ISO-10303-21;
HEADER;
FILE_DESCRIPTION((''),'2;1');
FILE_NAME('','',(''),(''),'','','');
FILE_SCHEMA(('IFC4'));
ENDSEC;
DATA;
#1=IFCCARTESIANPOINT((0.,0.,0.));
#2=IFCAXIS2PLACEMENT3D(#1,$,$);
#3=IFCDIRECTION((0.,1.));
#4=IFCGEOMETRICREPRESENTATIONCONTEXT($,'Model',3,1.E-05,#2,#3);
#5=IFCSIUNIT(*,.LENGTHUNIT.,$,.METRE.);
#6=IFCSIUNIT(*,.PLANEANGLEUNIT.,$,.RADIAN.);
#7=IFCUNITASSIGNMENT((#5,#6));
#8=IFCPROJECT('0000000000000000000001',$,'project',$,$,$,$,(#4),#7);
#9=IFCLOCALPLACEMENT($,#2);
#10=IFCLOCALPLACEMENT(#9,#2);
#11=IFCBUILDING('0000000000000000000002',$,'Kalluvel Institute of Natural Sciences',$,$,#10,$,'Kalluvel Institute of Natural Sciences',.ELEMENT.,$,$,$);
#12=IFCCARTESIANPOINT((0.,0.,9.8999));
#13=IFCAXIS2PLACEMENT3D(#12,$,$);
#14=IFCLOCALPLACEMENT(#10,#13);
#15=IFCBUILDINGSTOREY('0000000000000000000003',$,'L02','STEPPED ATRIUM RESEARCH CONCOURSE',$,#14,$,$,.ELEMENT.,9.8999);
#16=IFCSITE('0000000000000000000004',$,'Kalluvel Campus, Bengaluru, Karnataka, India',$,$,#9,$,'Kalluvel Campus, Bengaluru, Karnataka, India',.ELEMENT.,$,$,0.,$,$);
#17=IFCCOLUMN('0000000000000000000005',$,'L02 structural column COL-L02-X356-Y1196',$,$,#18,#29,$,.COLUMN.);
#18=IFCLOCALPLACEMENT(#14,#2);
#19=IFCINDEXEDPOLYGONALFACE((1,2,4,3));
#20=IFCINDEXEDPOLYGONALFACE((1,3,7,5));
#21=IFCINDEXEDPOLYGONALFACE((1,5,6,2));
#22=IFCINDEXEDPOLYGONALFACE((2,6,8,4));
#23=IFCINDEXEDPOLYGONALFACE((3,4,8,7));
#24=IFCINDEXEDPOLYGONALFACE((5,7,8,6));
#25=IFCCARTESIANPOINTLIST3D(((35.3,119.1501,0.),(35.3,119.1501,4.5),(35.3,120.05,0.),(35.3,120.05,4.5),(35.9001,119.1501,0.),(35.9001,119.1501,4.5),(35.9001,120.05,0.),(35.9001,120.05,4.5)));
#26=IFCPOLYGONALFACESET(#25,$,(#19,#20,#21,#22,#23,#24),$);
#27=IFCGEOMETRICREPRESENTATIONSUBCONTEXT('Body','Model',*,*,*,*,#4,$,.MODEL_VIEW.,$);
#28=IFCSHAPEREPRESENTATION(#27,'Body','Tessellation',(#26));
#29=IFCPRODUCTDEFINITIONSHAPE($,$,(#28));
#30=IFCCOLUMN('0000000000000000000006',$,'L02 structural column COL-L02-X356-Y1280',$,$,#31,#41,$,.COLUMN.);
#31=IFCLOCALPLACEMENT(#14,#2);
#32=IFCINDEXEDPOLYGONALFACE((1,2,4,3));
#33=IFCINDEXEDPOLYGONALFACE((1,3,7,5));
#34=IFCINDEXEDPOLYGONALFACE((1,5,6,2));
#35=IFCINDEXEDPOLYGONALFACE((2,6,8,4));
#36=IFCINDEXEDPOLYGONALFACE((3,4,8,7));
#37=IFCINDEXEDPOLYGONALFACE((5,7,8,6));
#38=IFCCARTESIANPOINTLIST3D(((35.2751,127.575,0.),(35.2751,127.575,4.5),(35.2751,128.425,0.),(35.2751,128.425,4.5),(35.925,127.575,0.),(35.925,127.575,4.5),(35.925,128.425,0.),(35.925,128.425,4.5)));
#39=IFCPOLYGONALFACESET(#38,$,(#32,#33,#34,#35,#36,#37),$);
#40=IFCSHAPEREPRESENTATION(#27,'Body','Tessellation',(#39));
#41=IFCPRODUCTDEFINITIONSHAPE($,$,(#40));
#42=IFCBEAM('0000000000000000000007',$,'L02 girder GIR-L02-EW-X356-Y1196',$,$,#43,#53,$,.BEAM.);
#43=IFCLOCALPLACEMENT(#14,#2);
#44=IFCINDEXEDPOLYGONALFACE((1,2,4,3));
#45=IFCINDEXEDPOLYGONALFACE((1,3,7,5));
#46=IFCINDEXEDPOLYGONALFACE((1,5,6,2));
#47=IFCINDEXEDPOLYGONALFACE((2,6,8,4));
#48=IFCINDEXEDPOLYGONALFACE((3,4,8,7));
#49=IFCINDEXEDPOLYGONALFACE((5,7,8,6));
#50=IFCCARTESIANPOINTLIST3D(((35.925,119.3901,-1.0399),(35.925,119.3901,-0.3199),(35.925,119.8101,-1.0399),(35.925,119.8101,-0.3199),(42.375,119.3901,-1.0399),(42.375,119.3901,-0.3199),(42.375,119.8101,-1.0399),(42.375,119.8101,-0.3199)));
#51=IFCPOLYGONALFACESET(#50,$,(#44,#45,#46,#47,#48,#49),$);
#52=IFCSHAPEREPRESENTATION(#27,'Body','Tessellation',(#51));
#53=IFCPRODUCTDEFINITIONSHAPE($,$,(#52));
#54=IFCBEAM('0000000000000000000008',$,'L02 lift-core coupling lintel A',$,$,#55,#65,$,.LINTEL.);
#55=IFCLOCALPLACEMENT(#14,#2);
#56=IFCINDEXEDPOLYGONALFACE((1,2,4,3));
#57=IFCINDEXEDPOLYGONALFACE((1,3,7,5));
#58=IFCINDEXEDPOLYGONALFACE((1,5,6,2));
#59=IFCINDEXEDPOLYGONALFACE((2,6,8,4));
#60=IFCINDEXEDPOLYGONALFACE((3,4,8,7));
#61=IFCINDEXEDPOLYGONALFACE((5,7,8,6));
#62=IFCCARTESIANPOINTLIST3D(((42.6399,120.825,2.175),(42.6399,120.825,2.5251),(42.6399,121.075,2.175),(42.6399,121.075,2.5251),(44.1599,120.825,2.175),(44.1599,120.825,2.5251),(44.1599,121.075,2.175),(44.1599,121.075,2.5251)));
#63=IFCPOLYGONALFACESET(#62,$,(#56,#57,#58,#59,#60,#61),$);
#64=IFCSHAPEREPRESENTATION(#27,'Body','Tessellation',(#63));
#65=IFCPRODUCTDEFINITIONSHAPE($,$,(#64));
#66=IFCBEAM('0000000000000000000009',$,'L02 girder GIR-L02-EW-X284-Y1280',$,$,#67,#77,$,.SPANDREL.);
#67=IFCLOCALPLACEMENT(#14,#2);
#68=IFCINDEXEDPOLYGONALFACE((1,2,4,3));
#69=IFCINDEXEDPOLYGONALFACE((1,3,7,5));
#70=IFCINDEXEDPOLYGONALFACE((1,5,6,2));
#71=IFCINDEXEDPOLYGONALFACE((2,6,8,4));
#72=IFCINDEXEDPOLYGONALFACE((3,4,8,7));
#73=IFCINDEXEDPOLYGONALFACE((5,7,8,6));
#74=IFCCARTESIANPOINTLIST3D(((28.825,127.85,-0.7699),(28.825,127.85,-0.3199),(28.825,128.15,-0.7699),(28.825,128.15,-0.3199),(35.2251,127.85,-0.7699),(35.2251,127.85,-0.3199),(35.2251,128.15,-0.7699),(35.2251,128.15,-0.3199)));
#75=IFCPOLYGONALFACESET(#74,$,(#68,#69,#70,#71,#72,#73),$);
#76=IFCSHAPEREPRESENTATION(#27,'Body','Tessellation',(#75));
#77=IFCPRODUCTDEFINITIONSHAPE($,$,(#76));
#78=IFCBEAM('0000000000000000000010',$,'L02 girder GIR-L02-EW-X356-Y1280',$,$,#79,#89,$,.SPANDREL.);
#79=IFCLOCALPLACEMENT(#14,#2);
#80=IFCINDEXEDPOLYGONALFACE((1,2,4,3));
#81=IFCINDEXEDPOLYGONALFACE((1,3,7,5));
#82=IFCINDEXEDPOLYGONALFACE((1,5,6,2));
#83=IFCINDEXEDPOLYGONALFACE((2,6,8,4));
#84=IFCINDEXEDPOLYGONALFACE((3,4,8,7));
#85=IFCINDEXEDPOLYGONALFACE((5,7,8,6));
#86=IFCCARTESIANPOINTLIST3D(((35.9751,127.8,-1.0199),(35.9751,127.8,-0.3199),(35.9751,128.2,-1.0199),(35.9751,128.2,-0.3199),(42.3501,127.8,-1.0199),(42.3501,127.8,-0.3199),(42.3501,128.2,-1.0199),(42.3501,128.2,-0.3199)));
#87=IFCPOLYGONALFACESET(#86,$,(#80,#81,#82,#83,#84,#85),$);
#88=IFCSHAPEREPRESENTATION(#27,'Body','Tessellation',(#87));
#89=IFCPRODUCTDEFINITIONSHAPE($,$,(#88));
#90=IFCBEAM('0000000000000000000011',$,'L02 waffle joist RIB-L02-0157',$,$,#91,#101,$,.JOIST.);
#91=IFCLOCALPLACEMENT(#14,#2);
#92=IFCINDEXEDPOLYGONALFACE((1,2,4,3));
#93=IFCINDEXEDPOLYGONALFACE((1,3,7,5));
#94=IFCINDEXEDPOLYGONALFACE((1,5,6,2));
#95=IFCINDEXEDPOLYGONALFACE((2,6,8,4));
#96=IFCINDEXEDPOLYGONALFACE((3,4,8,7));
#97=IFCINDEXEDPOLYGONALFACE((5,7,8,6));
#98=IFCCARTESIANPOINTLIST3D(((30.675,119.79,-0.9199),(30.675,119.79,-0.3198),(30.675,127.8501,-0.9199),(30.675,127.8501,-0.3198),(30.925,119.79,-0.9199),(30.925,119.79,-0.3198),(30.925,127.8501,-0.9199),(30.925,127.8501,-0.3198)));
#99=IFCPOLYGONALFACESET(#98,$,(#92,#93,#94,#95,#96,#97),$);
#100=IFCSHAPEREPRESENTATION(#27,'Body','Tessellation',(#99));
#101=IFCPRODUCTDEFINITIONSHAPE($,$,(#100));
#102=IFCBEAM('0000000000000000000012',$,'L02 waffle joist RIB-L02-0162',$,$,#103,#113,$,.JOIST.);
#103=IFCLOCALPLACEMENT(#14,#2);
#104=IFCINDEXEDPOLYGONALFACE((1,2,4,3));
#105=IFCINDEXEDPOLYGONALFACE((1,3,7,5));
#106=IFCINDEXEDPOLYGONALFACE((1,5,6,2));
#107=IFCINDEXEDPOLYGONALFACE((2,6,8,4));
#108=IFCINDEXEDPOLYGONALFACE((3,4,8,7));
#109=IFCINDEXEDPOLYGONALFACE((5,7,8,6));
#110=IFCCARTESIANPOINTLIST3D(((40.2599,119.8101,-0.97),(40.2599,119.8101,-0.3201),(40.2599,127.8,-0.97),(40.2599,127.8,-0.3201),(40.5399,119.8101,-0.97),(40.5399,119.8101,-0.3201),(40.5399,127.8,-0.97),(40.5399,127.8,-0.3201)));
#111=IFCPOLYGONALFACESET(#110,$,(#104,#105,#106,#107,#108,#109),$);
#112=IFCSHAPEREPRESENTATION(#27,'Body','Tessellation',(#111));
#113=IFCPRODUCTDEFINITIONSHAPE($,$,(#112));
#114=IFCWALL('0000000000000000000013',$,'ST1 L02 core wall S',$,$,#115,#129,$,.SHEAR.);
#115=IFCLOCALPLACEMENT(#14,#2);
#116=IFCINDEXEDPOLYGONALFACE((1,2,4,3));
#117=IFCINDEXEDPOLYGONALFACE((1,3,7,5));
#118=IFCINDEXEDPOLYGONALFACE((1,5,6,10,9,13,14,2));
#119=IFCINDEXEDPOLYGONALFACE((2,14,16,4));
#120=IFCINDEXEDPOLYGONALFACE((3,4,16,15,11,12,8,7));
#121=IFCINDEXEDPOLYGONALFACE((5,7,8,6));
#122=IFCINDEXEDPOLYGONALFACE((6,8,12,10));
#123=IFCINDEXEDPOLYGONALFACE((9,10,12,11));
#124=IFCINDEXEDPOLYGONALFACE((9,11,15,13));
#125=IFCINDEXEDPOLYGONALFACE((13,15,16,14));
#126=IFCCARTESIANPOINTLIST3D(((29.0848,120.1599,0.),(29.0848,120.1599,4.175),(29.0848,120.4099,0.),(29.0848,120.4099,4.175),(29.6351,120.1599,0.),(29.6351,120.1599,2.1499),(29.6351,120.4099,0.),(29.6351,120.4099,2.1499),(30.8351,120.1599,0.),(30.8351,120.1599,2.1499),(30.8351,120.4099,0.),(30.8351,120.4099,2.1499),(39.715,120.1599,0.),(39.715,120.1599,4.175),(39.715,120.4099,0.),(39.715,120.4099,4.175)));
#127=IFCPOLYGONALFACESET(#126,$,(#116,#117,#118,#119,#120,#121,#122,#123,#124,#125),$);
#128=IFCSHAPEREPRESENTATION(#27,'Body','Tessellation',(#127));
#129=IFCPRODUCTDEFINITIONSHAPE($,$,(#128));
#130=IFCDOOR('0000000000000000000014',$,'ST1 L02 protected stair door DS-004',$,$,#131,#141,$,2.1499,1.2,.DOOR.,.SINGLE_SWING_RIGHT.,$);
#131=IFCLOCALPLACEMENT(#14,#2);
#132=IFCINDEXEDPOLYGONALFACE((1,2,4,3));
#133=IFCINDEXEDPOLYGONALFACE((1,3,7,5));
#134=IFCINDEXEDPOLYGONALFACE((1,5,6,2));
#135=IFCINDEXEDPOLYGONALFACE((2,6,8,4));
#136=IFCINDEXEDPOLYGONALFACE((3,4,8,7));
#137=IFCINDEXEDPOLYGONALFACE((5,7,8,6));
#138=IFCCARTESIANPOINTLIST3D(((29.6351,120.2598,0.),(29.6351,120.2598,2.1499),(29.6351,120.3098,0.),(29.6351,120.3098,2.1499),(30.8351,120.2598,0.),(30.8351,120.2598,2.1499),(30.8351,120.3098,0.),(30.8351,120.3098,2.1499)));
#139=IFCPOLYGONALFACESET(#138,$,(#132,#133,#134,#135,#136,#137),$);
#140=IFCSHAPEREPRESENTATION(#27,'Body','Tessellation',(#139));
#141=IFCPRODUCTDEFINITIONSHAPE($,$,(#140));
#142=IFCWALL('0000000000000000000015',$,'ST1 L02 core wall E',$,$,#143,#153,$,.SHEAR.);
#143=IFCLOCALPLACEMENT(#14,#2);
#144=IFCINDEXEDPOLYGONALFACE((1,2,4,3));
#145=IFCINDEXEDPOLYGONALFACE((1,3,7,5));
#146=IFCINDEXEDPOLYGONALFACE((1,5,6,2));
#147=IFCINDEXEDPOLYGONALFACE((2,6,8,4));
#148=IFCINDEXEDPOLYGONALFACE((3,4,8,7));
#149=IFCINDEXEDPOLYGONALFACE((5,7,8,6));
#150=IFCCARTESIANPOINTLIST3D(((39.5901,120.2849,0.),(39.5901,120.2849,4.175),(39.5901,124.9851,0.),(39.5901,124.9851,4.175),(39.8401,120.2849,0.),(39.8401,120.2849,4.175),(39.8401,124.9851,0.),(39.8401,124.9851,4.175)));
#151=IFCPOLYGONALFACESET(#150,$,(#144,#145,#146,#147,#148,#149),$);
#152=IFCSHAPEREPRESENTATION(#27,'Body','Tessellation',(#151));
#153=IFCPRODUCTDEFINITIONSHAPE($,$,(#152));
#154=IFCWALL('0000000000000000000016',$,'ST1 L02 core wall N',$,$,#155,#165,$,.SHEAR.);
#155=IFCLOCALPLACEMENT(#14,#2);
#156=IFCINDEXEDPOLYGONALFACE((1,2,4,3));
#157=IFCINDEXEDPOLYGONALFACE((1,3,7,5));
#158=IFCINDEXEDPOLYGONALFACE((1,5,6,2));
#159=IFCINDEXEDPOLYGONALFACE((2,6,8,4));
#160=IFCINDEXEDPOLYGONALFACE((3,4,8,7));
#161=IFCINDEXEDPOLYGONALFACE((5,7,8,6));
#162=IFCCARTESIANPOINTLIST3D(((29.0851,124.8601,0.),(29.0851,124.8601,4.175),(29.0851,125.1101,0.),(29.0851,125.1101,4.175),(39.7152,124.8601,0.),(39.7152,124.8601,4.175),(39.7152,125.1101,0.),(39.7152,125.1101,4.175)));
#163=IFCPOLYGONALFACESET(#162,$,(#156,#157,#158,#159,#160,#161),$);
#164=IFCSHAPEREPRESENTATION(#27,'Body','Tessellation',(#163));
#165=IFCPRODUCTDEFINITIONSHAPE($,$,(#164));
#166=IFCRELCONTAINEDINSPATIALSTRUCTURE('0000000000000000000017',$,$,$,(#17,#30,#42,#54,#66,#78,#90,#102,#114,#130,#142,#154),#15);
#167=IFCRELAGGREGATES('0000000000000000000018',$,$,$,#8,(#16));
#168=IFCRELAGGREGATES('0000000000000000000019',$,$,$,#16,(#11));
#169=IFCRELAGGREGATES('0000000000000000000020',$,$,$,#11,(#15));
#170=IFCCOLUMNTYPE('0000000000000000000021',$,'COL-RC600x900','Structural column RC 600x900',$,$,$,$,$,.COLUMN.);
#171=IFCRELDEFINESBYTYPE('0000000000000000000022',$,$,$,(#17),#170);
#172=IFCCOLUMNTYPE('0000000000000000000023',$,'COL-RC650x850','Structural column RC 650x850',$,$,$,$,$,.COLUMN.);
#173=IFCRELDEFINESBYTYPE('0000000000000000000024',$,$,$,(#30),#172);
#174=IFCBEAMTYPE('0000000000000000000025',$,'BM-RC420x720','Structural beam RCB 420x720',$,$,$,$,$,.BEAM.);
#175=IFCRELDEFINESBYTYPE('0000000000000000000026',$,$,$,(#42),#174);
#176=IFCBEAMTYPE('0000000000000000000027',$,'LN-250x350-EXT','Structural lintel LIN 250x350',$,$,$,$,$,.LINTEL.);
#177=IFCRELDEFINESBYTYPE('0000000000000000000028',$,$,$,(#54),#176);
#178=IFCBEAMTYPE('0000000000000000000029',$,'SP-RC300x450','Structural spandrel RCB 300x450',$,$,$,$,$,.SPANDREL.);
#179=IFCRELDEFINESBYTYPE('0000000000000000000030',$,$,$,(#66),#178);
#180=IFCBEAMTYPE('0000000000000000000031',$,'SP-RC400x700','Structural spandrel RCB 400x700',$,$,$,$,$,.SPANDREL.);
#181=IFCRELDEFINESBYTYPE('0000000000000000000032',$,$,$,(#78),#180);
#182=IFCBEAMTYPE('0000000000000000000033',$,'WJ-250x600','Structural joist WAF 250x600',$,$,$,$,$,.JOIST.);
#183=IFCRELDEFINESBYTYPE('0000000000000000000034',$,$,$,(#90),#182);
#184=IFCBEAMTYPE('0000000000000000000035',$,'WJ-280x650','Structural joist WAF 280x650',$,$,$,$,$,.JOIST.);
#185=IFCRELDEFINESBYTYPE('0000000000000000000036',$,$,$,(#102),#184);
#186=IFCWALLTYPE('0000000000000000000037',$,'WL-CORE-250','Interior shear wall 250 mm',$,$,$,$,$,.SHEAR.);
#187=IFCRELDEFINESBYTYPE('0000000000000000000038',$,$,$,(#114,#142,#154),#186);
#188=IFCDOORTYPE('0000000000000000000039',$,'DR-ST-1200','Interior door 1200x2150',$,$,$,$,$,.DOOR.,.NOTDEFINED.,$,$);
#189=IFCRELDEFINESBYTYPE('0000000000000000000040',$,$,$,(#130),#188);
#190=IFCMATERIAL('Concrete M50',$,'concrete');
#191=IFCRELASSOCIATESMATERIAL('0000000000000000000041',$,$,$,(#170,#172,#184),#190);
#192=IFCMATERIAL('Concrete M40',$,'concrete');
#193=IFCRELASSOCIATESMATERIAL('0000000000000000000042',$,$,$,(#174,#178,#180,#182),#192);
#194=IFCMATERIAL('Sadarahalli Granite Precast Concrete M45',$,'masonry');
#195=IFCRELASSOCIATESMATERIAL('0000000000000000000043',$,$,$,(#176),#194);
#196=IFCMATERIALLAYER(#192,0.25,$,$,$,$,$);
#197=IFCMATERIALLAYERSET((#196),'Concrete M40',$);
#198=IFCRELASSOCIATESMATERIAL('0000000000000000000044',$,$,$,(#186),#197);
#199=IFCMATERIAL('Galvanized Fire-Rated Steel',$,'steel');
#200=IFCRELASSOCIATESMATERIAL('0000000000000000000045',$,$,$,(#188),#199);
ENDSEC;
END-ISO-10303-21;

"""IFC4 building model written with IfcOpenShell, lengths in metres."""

from ifc_helpers import new_model, si_unit, direction, frame, frame_2d, origin, origin_2d, place, context, subcontext, project, spatial, rectangle, extrude, material, layer, layer_set, material_profile, profile_set, type_object, element, fill, save


model = new_model("IFC4")

# Units and contexts
model_context = context("Model", 3, precision=1e-05, world=origin(), true_north=direction((0.0, 1.0)))
body_context = subcontext(model_context, "Body", "Model", "MODEL_VIEW")
ifc_project = project(units=[si_unit("LENGTHUNIT", "METRE"), si_unit("PLANEANGLEUNIT", "RADIAN")], contexts=[model_context])

# Site, building, storey
site_placement = place(None, origin())
site = spatial("IfcSite", under=ifc_project, at=site_placement, Name="Kalluvel Campus, Bengaluru, Karnataka, India", LongName="Kalluvel Campus, Bengaluru, Karnataka, India", CompositionType="ELEMENT", RefElevation=0.0)
building_placement = place(site_placement, origin())
building = spatial("IfcBuilding", under=site, at=building_placement, Name="Kalluvel Institute of Natural Sciences", LongName="Kalluvel Institute of Natural Sciences", CompositionType="ELEMENT")
storey_placement = place(building_placement, frame((0.0, 0.0, 9.8999)))
storey = spatial("IfcBuildingStorey", under=building, at=storey_placement, Name="L02", Description="STEPPED ATRIUM RESEARCH CONCOURSE", CompositionType="ELEMENT", Elevation=9.8999)

# Columns
ifc_material_1 = material(Name="Concrete M50", Category="concrete")
ifc_material_profile_1 = material_profile(ifc_material_1, rectangle(XDim=0.6001, YDim=0.8999, at=origin_2d()), Name="RC 600x900")
ifc_profile_set_1 = profile_set([ifc_material_profile_1], Name="Concrete M50")
column_type_1 = type_object("IfcColumnType", Name="COL-RC600x900", Description="Structural column RC 600x900", PredefinedType="COLUMN", material=ifc_profile_set_1)
column_1_placement = place(storey_placement, frame((35.6001, 119.6001, 0.0), z_axis=(0.0, 0.0, 1.0), x_axis=(1.0, 0.0, 0.0)))
element("IfcColumn", 1, at=column_1_placement, inside=storey, type_object=column_type_1, Name="L02 structural column COL-L02-X356-Y1196", PredefinedType="COLUMN", context=body_context, shape_type="SweptSolid", body=[
    extrude(rectangle(XDim=0.6001, YDim=0.8999, at=origin_2d()), origin(), (0.0, 0.0, 1.0), 4.5),
])
ifc_material_profile_2 = material_profile(ifc_material_1, rectangle(XDim=0.6499, YDim=0.8501, at=origin_2d()), Name="RC 650x850")
ifc_profile_set_2 = profile_set([ifc_material_profile_2], Name="Concrete M50")
column_type_2 = type_object("IfcColumnType", Name="COL-RC650x850", Description="Structural column RC 650x850", PredefinedType="COLUMN", material=ifc_profile_set_2)
column_2_placement = place(storey_placement, frame((35.6001, 128.0, 0.0), z_axis=(0.0, 0.0, 1.0), x_axis=(1.0, 0.0, 0.0)))
element("IfcColumn", 2, at=column_2_placement, inside=storey, type_object=column_type_2, Name="L02 structural column COL-L02-X356-Y1280", PredefinedType="COLUMN", context=body_context, shape_type="SweptSolid", body=[
    extrude(rectangle(XDim=0.6499, YDim=0.8501, at=origin_2d()), origin(), (0.0, 0.0, 1.0), 4.5),
])

# Beams
ifc_material_2 = material(Name="Concrete M40", Category="concrete")
ifc_material_profile_3 = material_profile(ifc_material_2, rectangle(XDim=0.4199, YDim=0.72, at=origin_2d()), Name="RCB 420x720")
ifc_profile_set_3 = profile_set([ifc_material_profile_3], Name="Concrete M40")
beam_type_1 = type_object("IfcBeamType", Name="BM-RC420x720", Description="Structural beam RCB 420x720", PredefinedType="BEAM", material=ifc_profile_set_3)
beam_1_placement = place(storey_placement, frame((35.925, 119.6001, -0.6799), z_axis=(1.0, 0.0, 0.0), x_axis=(0.0, 1.0, 0.0)))
element("IfcBeam", 3, at=beam_1_placement, inside=storey, type_object=beam_type_1, Name="L02 girder GIR-L02-EW-X356-Y1196", PredefinedType="BEAM", context=body_context, shape_type="SweptSolid", body=[
    extrude(rectangle(XDim=0.4199, YDim=0.72, at=origin_2d()), origin(), (0.0, 0.0, 1.0), 6.45),
])
ifc_material_3 = material(Name="Sadarahalli Granite Precast Concrete M45", Category="masonry")
ifc_material_profile_4 = material_profile(ifc_material_3, rectangle(XDim=0.25, YDim=0.3501, at=origin_2d()), Name="LIN 250x350")
ifc_profile_set_4 = profile_set([ifc_material_profile_4], Name="Sadarahalli Granite Precast Concrete M45")
beam_type_2 = type_object("IfcBeamType", Name="LN-250x350-EXT", Description="Structural lintel LIN 250x350", PredefinedType="LINTEL", material=ifc_profile_set_4)
beam_2_placement = place(storey_placement, frame((42.6399, 120.95, 2.3501), z_axis=(1.0, 0.0, 0.0), x_axis=(0.0, 1.0, 0.0)))
element("IfcBeam", 4, at=beam_2_placement, inside=storey, type_object=beam_type_2, Name="L02 lift-core coupling lintel A", PredefinedType="LINTEL", context=body_context, shape_type="SweptSolid", body=[
    extrude(rectangle(XDim=0.25, YDim=0.3501, at=origin_2d()), origin(), (0.0, 0.0, 1.0), 1.52),
])
ifc_material_profile_5 = material_profile(ifc_material_2, rectangle(XDim=0.3, YDim=0.45, at=origin_2d()), Name="RCB 300x450")
ifc_profile_set_5 = profile_set([ifc_material_profile_5], Name="Concrete M40")
beam_type_3 = type_object("IfcBeamType", Name="SP-RC300x450", Description="Structural spandrel RCB 300x450", PredefinedType="SPANDREL", material=ifc_profile_set_5)
beam_3_placement = place(storey_placement, frame((28.825, 128.0, -0.5449), z_axis=(1.0, 0.0, 0.0), x_axis=(0.0, 1.0, 0.0)))
element("IfcBeam", 5, at=beam_3_placement, inside=storey, type_object=beam_type_3, Name="L02 girder GIR-L02-EW-X284-Y1280", PredefinedType="SPANDREL", context=body_context, shape_type="SweptSolid", body=[
    extrude(rectangle(XDim=0.3, YDim=0.45, at=origin_2d()), origin(), (0.0, 0.0, 1.0), 6.4001),
])
ifc_material_profile_6 = material_profile(ifc_material_2, rectangle(XDim=0.3999, YDim=0.7, at=origin_2d()), Name="RCB 400x700")
ifc_profile_set_6 = profile_set([ifc_material_profile_6], Name="Concrete M40")
beam_type_4 = type_object("IfcBeamType", Name="SP-RC400x700", Description="Structural spandrel RCB 400x700", PredefinedType="SPANDREL", material=ifc_profile_set_6)
beam_4_placement = place(storey_placement, frame((35.9751, 128.0, -0.6699), z_axis=(1.0, 0.0, 0.0), x_axis=(0.0, 1.0, 0.0)))
element("IfcBeam", 6, at=beam_4_placement, inside=storey, type_object=beam_type_4, Name="L02 girder GIR-L02-EW-X356-Y1280", PredefinedType="SPANDREL", context=body_context, shape_type="SweptSolid", body=[
    extrude(rectangle(XDim=0.3999, YDim=0.7, at=origin_2d()), origin(), (0.0, 0.0, 1.0), 6.375),
])
ifc_material_profile_7 = material_profile(ifc_material_2, rectangle(XDim=0.25, YDim=0.6001, at=origin_2d()), Name="WAF 250x600")
ifc_profile_set_7 = profile_set([ifc_material_profile_7], Name="Concrete M40")
beam_type_5 = type_object("IfcBeamType", Name="WJ-250x600", Description="Structural joist WAF 250x600", PredefinedType="JOIST", material=ifc_profile_set_7)
beam_5_placement = place(storey_placement, frame((30.8, 119.79, -0.6199), z_axis=(0.0, 1.0, 0.0), x_axis=(-1.0, 0.0, 0.0)))
element("IfcBeam", 7, at=beam_5_placement, inside=storey, type_object=beam_type_5, Name="L02 waffle joist RIB-L02-0157", PredefinedType="JOIST", context=body_context, shape_type="SweptSolid", body=[
    extrude(rectangle(XDim=0.25, YDim=0.6001, at=origin_2d()), origin(), (0.0, 0.0, 1.0), 8.0601),
])
ifc_material_profile_8 = material_profile(ifc_material_1, rectangle(XDim=0.28, YDim=0.6499, at=origin_2d()), Name="WAF 280x650")
ifc_profile_set_8 = profile_set([ifc_material_profile_8], Name="Concrete M50")
beam_type_6 = type_object("IfcBeamType", Name="WJ-280x650", Description="Structural joist WAF 280x650", PredefinedType="JOIST", material=ifc_profile_set_8)
beam_6_placement = place(storey_placement, frame((40.3999, 119.8101, -0.645), z_axis=(0.0, 1.0, 0.0), x_axis=(-1.0, 0.0, 0.0)))
element("IfcBeam", 8, at=beam_6_placement, inside=storey, type_object=beam_type_6, Name="L02 waffle joist RIB-L02-0162", PredefinedType="JOIST", context=body_context, shape_type="SweptSolid", body=[
    extrude(rectangle(XDim=0.28, YDim=0.6499, at=origin_2d()), origin(), (0.0, 0.0, 1.0), 7.99),
])

# Wall, opening, door
ifc_layer_1 = layer(ifc_material_2, 0.25)
ifc_layer_set_1 = layer_set([ifc_layer_1], Name="Concrete M40")
wall_type_1 = type_object("IfcWallType", Name="WL-CORE-250", Description="Interior shear wall 250 mm", PredefinedType="SHEAR", material=ifc_layer_set_1)
wall_1_placement = place(storey_placement, frame((29.085, 120.2849, 0.0), z_axis=(0.0, 0.0, 1.0), x_axis=(1.0, 0.0, 0.0)))
wall_1 = element("IfcWall", 9, at=wall_1_placement, inside=storey, type_object=wall_type_1, Name="ST1 L02 core wall S", PredefinedType="SHEAR", context=body_context, shape_type="SweptSolid", body=[
    extrude(rectangle(XDim=10.6301, YDim=0.25, at=frame_2d((5.3149, 0.0))), origin(), (0.0, 0.0, 1.0), 4.175),
])
opening_1_placement = place(wall_1_placement, frame((0.55, 0.0, 0.0)))
opening_1 = element("IfcOpeningElement", 10, at=opening_1_placement, cuts=wall_1, PredefinedType="OPENING", context=body_context, shape_type="SweptSolid", body=[
    extrude(rectangle(XDim=1.2, YDim=2.1499, at=frame_2d((0.6001, 1.075))), frame((0.0, 0.135, 0.0), z_axis=(0.0, -1.0, 0.0), x_axis=(1.0, 0.0, 0.0)), (0.0, 0.0, 1.0), 0.27),
])
ifc_material_4 = material(Name="Galvanized Fire-Rated Steel", Category="steel")
door_type_1 = type_object("IfcDoorType", Name="DR-ST-1200", Description="Interior door 1200x2150", OperationType="NOTDEFINED", PredefinedType="DOOR", material=ifc_material_4)
door_1_placement = place(opening_1_placement, origin())
door_1 = element("IfcDoor", 11, at=door_1_placement, inside=storey, type_object=door_type_1, Name="ST1 L02 protected stair door DS-004", OperationType="SINGLE_SWING_RIGHT", OverallHeight=2.1499, OverallWidth=1.2, PredefinedType="DOOR", context=body_context, shape_type="SweptSolid", body=[
    extrude(rectangle(XDim=1.2, YDim=2.1499, at=frame_2d((0.6001, 1.075))), frame((0.0, 0.0249, 0.0), z_axis=(0.0, -1.0, 0.0), x_axis=(1.0, 0.0, 0.0)), (0.0, 0.0, 1.0), 0.05),
])
fill(opening_1, door_1)

# Walls
wall_2_placement = place(storey_placement, frame((39.7151, 120.2849, 0.0), z_axis=(0.0, 0.0, 1.0), x_axis=(0.0, 1.0, 0.0)))
element("IfcWall", 12, at=wall_2_placement, inside=storey, type_object=wall_type_1, Name="ST1 L02 core wall E", PredefinedType="SHEAR", context=body_context, shape_type="SweptSolid", body=[
    extrude(rectangle(XDim=4.7002, YDim=0.25, at=frame_2d((2.3501, 0.0))), origin(), (0.0, 0.0, 1.0), 4.175),
])
wall_3_placement = place(storey_placement, frame((39.7151, 124.9851, 0.0), z_axis=(0.0, 0.0, 1.0), x_axis=(-1.0, 0.0, 0.0)))
element("IfcWall", 13, at=wall_3_placement, inside=storey, type_object=wall_type_1, Name="ST1 L02 core wall N", PredefinedType="SHEAR", context=body_context, shape_type="SweptSolid", body=[
    extrude(rectangle(XDim=10.6301, YDim=0.25, at=frame_2d((5.3149, 0.0))), origin(), (0.0, 0.0, 1.0), 4.175),
])

save(model, "model.ifc")
